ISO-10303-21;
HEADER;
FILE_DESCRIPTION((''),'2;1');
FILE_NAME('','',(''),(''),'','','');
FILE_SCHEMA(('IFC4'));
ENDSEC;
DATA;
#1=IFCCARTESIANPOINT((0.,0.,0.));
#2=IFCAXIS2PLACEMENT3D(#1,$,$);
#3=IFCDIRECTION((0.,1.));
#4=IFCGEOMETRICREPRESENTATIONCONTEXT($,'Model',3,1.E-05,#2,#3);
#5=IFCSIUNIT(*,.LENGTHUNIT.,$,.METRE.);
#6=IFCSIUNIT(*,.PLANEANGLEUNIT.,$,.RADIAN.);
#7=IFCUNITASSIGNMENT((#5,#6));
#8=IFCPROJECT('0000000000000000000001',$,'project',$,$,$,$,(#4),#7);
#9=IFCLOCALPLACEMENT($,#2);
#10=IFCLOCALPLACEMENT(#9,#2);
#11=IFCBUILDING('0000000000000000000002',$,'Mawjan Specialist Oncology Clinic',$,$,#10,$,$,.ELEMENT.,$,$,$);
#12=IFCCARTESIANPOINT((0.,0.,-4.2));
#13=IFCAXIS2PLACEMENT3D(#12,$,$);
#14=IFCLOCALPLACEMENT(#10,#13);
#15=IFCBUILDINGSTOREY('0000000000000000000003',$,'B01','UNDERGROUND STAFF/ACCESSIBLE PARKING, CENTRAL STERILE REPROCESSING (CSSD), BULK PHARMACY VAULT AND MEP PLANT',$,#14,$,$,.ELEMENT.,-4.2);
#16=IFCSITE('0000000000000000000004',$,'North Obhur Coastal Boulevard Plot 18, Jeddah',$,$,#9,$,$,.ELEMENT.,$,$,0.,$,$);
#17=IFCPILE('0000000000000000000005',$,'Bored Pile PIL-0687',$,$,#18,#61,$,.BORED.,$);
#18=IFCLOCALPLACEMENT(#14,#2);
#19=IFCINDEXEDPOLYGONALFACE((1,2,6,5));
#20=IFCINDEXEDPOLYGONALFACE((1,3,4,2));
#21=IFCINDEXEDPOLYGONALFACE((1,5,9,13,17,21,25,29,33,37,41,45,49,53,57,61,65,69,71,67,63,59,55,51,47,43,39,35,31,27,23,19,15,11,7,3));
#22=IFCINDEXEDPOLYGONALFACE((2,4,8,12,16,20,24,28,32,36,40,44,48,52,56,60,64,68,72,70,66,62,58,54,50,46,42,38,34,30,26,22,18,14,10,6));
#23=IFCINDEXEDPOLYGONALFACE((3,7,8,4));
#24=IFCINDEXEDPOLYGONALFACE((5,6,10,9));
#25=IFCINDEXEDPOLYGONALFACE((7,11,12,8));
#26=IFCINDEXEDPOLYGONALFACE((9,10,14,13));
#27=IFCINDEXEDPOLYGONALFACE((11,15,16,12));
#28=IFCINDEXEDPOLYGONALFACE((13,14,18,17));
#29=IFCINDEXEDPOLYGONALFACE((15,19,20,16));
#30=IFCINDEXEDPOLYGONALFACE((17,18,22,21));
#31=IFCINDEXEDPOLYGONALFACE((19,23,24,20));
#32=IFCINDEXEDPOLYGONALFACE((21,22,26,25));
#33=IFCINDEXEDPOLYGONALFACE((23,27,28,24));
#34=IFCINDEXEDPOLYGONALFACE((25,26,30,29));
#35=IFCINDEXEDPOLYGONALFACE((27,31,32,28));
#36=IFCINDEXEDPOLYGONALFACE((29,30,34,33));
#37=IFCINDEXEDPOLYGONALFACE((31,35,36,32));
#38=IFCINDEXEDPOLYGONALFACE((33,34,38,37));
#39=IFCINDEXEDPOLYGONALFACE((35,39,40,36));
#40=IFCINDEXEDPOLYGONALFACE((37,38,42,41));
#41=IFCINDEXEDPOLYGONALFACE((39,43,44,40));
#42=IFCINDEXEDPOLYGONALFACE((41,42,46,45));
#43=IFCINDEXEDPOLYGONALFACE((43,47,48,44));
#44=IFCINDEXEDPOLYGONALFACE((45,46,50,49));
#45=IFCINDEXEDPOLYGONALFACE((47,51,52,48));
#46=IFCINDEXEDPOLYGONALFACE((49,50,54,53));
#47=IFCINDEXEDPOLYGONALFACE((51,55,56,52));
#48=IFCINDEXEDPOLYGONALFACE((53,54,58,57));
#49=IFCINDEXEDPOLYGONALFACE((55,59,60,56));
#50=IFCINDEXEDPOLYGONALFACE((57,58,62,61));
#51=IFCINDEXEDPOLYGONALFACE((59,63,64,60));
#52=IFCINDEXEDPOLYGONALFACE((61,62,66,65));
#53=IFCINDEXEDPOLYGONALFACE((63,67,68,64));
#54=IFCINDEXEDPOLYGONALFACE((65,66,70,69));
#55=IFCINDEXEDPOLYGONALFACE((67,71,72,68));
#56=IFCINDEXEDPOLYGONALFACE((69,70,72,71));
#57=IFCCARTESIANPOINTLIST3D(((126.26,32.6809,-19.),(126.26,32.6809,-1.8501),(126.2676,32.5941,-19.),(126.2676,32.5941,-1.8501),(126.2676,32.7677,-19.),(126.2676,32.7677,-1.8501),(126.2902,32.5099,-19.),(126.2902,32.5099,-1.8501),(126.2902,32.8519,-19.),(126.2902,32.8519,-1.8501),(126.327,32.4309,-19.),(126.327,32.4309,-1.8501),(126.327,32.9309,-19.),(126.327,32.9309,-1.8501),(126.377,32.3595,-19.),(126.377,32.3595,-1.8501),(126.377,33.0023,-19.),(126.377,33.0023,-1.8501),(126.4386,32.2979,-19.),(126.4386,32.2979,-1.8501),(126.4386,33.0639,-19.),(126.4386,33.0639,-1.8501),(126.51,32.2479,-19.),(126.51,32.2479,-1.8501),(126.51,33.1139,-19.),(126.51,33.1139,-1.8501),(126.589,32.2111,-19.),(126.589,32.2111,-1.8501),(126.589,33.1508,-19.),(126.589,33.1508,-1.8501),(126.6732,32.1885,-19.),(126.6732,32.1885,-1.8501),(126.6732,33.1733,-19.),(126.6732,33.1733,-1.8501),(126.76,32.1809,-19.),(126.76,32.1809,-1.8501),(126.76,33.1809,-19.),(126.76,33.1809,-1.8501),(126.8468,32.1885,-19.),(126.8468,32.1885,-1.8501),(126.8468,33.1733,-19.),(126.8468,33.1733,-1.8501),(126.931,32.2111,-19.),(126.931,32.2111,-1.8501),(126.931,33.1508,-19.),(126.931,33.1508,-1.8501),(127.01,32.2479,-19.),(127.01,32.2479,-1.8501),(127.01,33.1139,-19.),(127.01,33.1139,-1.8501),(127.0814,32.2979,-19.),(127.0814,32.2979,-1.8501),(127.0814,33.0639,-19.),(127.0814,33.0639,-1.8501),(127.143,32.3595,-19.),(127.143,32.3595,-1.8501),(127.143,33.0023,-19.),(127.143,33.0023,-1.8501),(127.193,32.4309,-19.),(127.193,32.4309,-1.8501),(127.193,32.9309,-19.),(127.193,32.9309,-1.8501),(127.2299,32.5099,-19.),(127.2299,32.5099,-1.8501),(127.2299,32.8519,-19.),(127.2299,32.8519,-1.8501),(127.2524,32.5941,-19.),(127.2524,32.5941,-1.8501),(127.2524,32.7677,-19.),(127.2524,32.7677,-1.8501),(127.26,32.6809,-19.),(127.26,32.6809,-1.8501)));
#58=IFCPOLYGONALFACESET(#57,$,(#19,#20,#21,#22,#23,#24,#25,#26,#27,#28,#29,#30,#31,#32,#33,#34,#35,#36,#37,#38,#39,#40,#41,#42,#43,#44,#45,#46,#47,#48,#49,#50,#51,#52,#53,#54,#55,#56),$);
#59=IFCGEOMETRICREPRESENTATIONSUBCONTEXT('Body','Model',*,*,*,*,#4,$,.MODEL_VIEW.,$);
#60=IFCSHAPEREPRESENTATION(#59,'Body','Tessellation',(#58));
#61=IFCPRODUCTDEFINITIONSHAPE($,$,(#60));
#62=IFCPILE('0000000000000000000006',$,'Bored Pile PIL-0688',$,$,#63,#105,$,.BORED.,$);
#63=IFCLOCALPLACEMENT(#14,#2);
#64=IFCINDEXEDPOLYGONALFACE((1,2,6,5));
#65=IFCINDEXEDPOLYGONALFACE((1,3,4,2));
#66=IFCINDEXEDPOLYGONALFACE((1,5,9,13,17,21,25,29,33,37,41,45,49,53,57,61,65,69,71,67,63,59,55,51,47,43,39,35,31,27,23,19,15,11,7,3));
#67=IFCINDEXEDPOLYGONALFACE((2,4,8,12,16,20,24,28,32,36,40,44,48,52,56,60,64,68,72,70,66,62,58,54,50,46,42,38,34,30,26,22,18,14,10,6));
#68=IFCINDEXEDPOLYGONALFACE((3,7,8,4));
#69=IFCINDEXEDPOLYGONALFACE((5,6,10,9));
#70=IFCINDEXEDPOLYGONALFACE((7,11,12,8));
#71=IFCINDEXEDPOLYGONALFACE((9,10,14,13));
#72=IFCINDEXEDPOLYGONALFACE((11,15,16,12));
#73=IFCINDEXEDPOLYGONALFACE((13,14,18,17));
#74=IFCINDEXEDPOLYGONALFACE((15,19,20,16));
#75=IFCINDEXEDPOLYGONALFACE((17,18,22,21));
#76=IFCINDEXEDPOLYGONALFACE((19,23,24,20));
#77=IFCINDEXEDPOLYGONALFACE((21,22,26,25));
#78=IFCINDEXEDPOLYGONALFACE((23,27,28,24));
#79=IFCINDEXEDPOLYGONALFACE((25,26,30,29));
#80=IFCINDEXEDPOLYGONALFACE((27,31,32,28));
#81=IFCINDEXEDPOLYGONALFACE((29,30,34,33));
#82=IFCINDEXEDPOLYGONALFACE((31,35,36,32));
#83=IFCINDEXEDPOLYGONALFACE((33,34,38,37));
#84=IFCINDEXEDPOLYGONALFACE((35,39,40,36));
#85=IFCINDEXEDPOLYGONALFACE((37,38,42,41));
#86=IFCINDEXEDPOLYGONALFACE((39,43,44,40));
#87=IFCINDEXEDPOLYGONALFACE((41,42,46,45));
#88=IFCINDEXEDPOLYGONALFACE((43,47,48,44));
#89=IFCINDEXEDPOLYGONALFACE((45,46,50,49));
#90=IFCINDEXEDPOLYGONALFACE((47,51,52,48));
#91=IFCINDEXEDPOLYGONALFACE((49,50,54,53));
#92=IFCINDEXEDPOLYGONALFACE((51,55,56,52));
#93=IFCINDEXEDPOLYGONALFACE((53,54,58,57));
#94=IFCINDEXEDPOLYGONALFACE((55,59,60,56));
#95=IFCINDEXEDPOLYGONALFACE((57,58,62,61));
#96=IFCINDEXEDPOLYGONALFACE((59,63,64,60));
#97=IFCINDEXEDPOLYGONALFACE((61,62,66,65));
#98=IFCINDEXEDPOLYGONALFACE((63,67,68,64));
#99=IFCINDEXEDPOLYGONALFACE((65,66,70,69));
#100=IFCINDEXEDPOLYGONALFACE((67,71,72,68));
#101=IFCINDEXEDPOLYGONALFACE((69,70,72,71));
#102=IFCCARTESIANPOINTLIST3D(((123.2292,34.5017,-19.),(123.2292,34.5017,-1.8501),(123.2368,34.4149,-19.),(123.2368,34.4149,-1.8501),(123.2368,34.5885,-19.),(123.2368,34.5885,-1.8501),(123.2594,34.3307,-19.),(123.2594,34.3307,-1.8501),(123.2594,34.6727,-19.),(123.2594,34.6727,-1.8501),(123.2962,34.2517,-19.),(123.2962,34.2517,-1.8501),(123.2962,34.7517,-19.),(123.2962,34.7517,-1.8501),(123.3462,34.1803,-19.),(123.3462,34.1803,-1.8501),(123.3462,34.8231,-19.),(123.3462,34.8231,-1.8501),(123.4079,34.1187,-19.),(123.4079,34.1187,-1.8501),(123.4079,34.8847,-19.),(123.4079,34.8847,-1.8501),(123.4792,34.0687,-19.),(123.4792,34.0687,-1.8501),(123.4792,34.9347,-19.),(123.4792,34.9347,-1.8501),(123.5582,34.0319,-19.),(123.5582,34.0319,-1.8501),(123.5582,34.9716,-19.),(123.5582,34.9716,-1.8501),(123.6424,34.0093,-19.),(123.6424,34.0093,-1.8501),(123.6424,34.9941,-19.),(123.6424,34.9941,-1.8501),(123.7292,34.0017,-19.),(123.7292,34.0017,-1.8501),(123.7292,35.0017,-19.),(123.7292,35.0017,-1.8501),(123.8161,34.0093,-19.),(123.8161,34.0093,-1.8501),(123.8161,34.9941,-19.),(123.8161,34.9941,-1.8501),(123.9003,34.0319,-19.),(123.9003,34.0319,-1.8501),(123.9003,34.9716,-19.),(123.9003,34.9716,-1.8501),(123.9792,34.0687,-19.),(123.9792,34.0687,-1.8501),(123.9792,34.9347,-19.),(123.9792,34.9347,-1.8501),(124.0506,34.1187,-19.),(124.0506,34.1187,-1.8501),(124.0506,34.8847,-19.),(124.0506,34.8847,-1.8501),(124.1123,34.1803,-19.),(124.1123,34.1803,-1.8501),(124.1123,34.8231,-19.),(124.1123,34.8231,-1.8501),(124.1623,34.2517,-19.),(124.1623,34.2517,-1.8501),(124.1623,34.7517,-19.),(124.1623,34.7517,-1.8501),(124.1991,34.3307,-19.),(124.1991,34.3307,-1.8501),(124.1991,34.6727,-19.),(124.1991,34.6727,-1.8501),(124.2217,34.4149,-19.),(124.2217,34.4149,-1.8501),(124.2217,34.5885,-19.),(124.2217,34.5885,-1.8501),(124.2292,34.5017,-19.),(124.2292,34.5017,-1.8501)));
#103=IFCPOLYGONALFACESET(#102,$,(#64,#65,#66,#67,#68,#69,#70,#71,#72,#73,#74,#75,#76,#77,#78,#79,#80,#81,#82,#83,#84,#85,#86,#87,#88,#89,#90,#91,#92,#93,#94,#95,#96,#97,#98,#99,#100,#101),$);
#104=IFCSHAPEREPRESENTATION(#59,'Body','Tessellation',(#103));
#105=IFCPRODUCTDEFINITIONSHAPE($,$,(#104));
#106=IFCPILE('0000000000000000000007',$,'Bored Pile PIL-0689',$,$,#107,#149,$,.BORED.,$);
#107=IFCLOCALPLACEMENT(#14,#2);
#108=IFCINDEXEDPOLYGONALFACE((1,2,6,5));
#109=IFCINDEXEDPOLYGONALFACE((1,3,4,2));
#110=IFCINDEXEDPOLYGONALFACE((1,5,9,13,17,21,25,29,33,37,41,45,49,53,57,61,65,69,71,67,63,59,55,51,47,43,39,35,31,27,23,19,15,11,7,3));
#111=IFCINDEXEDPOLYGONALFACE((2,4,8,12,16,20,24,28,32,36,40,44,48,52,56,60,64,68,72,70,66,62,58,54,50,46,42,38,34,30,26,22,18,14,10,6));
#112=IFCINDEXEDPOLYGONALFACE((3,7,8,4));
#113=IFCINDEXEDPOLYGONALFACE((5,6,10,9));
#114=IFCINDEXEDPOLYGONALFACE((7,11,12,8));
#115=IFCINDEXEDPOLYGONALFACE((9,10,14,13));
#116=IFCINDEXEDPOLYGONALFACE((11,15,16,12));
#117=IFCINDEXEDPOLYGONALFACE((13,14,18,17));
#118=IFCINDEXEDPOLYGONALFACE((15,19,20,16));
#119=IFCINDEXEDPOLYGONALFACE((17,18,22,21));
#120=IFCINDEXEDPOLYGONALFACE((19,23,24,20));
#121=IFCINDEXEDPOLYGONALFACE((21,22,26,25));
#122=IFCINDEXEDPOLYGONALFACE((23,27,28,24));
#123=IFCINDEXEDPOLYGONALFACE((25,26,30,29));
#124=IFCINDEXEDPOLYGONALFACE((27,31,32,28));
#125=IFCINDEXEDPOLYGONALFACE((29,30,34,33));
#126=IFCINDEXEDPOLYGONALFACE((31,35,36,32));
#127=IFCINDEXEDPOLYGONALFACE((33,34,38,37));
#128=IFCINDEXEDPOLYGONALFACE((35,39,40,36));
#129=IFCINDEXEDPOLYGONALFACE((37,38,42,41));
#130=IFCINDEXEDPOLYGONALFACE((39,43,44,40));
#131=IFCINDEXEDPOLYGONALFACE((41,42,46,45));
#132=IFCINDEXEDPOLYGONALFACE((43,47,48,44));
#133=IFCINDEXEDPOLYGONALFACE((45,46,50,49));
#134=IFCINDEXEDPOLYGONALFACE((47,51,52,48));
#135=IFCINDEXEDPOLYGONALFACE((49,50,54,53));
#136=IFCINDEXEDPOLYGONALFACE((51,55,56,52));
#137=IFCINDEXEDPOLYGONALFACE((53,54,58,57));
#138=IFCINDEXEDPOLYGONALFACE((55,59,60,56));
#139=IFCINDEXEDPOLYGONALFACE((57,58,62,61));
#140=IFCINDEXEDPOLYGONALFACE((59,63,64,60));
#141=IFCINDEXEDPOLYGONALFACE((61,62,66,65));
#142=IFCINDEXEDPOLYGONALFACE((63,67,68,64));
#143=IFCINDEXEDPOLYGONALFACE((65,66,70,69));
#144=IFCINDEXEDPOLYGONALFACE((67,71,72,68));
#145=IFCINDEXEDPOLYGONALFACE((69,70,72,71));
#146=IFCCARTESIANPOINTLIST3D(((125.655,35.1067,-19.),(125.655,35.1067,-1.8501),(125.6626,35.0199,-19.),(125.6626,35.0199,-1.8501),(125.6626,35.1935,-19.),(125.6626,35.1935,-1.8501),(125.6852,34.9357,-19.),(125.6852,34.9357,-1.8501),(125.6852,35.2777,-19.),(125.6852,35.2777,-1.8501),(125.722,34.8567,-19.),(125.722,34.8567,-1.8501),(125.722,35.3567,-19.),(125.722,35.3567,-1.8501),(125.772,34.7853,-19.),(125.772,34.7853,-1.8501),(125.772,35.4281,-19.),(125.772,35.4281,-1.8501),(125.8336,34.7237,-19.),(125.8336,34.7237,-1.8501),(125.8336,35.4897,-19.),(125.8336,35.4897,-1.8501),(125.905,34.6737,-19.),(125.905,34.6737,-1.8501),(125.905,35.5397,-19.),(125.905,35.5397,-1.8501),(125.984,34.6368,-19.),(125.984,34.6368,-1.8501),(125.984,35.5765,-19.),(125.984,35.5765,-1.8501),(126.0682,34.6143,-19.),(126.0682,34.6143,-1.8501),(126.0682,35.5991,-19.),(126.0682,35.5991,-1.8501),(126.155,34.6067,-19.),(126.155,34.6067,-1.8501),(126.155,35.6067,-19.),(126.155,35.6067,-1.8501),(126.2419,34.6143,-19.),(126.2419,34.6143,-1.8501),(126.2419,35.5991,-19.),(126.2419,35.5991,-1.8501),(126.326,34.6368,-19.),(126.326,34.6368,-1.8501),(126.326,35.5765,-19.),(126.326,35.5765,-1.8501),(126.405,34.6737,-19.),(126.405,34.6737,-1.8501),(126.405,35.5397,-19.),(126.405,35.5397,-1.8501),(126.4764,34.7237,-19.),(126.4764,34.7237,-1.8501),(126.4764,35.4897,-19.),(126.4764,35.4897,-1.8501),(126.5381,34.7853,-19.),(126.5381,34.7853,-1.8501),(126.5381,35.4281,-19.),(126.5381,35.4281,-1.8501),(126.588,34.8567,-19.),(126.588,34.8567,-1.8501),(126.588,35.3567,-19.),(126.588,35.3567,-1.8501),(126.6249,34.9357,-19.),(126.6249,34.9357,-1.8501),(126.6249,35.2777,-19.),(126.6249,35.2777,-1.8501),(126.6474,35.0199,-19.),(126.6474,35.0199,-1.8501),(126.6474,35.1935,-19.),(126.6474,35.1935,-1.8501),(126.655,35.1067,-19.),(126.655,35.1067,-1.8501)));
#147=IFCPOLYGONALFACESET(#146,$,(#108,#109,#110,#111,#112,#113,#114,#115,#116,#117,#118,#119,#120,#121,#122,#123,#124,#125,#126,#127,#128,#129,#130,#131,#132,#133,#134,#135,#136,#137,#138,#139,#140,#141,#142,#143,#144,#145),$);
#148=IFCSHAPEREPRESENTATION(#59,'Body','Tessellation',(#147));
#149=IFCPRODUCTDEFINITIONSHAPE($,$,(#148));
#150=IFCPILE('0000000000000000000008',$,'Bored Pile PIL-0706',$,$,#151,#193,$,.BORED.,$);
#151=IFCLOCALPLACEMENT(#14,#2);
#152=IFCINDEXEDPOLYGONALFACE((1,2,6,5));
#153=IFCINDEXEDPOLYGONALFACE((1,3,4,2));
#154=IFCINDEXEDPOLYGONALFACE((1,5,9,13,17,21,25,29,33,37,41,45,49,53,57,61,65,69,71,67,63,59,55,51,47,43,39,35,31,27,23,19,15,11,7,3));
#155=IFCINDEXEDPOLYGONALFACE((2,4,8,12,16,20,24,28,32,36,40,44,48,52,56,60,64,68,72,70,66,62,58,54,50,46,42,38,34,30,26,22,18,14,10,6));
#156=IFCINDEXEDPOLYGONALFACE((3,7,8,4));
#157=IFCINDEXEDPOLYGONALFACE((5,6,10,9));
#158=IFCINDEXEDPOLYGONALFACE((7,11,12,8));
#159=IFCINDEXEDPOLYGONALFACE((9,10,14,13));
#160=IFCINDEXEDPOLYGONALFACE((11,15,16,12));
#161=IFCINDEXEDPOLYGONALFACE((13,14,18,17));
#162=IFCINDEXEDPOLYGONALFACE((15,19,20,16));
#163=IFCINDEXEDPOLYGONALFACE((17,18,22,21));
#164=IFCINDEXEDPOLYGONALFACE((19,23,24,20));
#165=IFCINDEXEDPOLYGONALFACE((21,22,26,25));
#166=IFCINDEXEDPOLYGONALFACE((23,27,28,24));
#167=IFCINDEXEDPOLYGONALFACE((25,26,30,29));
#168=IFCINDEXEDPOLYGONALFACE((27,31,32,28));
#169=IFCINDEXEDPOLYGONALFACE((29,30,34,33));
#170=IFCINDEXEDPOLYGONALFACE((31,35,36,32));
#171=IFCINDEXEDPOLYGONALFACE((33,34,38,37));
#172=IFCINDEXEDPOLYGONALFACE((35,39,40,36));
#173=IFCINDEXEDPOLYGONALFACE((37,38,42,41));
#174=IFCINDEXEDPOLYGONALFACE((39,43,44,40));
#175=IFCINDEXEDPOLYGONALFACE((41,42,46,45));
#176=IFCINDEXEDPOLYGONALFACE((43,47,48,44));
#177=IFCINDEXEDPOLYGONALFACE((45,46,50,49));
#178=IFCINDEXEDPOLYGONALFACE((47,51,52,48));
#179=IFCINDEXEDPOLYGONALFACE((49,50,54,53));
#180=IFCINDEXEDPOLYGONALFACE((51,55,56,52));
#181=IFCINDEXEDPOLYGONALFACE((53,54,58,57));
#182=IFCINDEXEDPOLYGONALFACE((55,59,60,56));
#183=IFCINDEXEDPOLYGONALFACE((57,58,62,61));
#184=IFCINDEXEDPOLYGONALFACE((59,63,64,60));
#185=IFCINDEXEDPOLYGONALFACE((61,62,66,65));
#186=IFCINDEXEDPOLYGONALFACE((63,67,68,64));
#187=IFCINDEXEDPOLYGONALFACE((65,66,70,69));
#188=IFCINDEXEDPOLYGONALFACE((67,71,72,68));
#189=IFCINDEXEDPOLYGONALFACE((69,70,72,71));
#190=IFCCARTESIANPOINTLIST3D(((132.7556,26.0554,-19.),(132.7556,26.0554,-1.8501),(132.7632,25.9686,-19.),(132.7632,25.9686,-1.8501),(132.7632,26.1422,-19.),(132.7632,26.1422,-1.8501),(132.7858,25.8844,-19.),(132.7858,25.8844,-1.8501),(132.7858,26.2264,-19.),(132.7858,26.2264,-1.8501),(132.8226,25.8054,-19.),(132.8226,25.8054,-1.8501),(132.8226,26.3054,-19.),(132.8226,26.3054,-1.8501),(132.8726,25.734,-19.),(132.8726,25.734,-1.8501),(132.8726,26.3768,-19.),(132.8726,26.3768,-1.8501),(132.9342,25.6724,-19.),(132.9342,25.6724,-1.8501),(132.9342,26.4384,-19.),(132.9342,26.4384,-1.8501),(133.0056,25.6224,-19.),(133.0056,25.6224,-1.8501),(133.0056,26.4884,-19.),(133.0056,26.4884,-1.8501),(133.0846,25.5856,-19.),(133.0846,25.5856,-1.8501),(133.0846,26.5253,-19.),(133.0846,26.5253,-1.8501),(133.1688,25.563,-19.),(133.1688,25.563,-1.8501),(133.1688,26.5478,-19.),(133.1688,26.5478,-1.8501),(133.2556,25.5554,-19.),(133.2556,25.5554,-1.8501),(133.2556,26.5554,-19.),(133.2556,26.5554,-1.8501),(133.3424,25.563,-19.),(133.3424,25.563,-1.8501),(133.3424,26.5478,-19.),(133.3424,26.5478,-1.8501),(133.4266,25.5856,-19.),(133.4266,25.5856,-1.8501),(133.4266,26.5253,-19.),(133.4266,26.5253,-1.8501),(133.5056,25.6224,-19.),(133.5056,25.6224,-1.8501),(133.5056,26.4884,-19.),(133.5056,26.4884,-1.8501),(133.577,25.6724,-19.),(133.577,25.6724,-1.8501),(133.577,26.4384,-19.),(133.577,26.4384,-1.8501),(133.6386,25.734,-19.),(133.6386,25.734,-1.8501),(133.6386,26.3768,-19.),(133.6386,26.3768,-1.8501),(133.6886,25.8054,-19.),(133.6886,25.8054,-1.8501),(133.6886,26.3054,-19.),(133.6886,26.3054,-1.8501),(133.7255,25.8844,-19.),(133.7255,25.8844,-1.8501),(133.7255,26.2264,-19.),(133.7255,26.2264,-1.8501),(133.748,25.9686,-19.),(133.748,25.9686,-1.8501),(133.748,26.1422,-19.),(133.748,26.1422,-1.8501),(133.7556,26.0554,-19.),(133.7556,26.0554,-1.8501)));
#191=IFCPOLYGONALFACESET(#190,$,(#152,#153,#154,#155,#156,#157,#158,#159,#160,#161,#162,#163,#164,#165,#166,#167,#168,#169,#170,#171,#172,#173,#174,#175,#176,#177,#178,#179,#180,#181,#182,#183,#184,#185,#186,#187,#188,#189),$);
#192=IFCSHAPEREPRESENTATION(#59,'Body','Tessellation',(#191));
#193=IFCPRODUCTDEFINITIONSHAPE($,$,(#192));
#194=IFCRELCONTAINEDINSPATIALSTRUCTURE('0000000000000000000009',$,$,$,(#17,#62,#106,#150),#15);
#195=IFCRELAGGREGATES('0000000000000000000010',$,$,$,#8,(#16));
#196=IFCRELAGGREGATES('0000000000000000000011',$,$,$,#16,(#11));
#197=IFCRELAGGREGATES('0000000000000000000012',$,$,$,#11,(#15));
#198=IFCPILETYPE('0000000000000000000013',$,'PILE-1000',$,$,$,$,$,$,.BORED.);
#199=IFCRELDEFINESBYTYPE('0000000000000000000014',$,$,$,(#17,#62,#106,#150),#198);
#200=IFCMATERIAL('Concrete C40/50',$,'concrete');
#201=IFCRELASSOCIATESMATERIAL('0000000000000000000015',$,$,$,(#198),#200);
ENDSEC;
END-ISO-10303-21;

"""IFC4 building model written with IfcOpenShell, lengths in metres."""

from ifc_helpers import new_model, si_unit, direction, frame, origin, origin_2d, place, context, subcontext, project, spatial, circle, extrude, material, material_profile, profile_set, type_object, element, save


model = new_model("IFC4")

# Units and contexts
model_context = context("Model", 3, precision=1e-05, world=origin(), true_north=direction((0.0, 1.0)))
body_context = subcontext(model_context, "Body", "Model", "MODEL_VIEW")
ifc_project = project(units=[si_unit("LENGTHUNIT", "METRE"), si_unit("PLANEANGLEUNIT", "RADIAN")], contexts=[model_context])

# Site, building, storey
site_placement = place(None, origin())
site = spatial("IfcSite", under=ifc_project, at=site_placement, Name="North Obhur Coastal Boulevard Plot 18, Jeddah", CompositionType="ELEMENT", RefElevation=0.0)
building_placement = place(site_placement, origin())
building = spatial("IfcBuilding", under=site, at=building_placement, Name="Mawjan Specialist Oncology Clinic", CompositionType="ELEMENT")
storey_placement = place(building_placement, frame((0.0, 0.0, -4.2)))
storey = spatial("IfcBuildingStorey", under=building, at=storey_placement, Name="B01", Description="UNDERGROUND STAFF/ACCESSIBLE PARKING, CENTRAL STERILE REPROCESSING (CSSD), BULK PHARMACY VAULT AND MEP PLANT", CompositionType="ELEMENT", Elevation=-4.2)

# Piles
ifc_material_1 = material(Name="Concrete C40/50", Category="concrete")
ifc_material_profile_1 = material_profile(ifc_material_1, circle(Radius=0.5, at=origin_2d()), Name="BORED PILE D1000", Category="concrete")
ifc_profile_set_1 = profile_set([ifc_material_profile_1], Name="Concrete C40/50")
pile_type = type_object("IfcPileType", Name="PILE-1000", PredefinedType="BORED", material=ifc_profile_set_1)
for number, where, z_axis, x_axis, name in (
    (1, (126.76, 32.6809, -1.8501), (0.0, 0.0, -1.0), (1.0, 0.0, 0.0), "Bored Pile PIL-0687"),
    (2, (123.7292, 34.5017, -1.8501), (0.0, 0.0, -1.0), (1.0, 0.0, 0.0), "Bored Pile PIL-0688"),
    (3, (126.155, 35.1067, -1.8501), (0.0, 0.0, -1.0), (1.0, 0.0, 0.0), "Bored Pile PIL-0689"),
    (4, (133.2556, 26.0554, -1.8501), (0.0, 0.0, -1.0), (1.0, 0.0, 0.0), "Bored Pile PIL-0706"),
):
    element("IfcPile", number, at=place(storey_placement, frame(where, z_axis=z_axis, x_axis=x_axis)), inside=storey, type_object=pile_type, Name=name, PredefinedType="BORED", context=body_context, shape_type="SweptSolid", body=[
        extrude(circle(Radius=0.5, at=origin_2d()), origin(), (0.0, 0.0, 1.0), 17.1499),
    ])

save(model, "model.ifc")
